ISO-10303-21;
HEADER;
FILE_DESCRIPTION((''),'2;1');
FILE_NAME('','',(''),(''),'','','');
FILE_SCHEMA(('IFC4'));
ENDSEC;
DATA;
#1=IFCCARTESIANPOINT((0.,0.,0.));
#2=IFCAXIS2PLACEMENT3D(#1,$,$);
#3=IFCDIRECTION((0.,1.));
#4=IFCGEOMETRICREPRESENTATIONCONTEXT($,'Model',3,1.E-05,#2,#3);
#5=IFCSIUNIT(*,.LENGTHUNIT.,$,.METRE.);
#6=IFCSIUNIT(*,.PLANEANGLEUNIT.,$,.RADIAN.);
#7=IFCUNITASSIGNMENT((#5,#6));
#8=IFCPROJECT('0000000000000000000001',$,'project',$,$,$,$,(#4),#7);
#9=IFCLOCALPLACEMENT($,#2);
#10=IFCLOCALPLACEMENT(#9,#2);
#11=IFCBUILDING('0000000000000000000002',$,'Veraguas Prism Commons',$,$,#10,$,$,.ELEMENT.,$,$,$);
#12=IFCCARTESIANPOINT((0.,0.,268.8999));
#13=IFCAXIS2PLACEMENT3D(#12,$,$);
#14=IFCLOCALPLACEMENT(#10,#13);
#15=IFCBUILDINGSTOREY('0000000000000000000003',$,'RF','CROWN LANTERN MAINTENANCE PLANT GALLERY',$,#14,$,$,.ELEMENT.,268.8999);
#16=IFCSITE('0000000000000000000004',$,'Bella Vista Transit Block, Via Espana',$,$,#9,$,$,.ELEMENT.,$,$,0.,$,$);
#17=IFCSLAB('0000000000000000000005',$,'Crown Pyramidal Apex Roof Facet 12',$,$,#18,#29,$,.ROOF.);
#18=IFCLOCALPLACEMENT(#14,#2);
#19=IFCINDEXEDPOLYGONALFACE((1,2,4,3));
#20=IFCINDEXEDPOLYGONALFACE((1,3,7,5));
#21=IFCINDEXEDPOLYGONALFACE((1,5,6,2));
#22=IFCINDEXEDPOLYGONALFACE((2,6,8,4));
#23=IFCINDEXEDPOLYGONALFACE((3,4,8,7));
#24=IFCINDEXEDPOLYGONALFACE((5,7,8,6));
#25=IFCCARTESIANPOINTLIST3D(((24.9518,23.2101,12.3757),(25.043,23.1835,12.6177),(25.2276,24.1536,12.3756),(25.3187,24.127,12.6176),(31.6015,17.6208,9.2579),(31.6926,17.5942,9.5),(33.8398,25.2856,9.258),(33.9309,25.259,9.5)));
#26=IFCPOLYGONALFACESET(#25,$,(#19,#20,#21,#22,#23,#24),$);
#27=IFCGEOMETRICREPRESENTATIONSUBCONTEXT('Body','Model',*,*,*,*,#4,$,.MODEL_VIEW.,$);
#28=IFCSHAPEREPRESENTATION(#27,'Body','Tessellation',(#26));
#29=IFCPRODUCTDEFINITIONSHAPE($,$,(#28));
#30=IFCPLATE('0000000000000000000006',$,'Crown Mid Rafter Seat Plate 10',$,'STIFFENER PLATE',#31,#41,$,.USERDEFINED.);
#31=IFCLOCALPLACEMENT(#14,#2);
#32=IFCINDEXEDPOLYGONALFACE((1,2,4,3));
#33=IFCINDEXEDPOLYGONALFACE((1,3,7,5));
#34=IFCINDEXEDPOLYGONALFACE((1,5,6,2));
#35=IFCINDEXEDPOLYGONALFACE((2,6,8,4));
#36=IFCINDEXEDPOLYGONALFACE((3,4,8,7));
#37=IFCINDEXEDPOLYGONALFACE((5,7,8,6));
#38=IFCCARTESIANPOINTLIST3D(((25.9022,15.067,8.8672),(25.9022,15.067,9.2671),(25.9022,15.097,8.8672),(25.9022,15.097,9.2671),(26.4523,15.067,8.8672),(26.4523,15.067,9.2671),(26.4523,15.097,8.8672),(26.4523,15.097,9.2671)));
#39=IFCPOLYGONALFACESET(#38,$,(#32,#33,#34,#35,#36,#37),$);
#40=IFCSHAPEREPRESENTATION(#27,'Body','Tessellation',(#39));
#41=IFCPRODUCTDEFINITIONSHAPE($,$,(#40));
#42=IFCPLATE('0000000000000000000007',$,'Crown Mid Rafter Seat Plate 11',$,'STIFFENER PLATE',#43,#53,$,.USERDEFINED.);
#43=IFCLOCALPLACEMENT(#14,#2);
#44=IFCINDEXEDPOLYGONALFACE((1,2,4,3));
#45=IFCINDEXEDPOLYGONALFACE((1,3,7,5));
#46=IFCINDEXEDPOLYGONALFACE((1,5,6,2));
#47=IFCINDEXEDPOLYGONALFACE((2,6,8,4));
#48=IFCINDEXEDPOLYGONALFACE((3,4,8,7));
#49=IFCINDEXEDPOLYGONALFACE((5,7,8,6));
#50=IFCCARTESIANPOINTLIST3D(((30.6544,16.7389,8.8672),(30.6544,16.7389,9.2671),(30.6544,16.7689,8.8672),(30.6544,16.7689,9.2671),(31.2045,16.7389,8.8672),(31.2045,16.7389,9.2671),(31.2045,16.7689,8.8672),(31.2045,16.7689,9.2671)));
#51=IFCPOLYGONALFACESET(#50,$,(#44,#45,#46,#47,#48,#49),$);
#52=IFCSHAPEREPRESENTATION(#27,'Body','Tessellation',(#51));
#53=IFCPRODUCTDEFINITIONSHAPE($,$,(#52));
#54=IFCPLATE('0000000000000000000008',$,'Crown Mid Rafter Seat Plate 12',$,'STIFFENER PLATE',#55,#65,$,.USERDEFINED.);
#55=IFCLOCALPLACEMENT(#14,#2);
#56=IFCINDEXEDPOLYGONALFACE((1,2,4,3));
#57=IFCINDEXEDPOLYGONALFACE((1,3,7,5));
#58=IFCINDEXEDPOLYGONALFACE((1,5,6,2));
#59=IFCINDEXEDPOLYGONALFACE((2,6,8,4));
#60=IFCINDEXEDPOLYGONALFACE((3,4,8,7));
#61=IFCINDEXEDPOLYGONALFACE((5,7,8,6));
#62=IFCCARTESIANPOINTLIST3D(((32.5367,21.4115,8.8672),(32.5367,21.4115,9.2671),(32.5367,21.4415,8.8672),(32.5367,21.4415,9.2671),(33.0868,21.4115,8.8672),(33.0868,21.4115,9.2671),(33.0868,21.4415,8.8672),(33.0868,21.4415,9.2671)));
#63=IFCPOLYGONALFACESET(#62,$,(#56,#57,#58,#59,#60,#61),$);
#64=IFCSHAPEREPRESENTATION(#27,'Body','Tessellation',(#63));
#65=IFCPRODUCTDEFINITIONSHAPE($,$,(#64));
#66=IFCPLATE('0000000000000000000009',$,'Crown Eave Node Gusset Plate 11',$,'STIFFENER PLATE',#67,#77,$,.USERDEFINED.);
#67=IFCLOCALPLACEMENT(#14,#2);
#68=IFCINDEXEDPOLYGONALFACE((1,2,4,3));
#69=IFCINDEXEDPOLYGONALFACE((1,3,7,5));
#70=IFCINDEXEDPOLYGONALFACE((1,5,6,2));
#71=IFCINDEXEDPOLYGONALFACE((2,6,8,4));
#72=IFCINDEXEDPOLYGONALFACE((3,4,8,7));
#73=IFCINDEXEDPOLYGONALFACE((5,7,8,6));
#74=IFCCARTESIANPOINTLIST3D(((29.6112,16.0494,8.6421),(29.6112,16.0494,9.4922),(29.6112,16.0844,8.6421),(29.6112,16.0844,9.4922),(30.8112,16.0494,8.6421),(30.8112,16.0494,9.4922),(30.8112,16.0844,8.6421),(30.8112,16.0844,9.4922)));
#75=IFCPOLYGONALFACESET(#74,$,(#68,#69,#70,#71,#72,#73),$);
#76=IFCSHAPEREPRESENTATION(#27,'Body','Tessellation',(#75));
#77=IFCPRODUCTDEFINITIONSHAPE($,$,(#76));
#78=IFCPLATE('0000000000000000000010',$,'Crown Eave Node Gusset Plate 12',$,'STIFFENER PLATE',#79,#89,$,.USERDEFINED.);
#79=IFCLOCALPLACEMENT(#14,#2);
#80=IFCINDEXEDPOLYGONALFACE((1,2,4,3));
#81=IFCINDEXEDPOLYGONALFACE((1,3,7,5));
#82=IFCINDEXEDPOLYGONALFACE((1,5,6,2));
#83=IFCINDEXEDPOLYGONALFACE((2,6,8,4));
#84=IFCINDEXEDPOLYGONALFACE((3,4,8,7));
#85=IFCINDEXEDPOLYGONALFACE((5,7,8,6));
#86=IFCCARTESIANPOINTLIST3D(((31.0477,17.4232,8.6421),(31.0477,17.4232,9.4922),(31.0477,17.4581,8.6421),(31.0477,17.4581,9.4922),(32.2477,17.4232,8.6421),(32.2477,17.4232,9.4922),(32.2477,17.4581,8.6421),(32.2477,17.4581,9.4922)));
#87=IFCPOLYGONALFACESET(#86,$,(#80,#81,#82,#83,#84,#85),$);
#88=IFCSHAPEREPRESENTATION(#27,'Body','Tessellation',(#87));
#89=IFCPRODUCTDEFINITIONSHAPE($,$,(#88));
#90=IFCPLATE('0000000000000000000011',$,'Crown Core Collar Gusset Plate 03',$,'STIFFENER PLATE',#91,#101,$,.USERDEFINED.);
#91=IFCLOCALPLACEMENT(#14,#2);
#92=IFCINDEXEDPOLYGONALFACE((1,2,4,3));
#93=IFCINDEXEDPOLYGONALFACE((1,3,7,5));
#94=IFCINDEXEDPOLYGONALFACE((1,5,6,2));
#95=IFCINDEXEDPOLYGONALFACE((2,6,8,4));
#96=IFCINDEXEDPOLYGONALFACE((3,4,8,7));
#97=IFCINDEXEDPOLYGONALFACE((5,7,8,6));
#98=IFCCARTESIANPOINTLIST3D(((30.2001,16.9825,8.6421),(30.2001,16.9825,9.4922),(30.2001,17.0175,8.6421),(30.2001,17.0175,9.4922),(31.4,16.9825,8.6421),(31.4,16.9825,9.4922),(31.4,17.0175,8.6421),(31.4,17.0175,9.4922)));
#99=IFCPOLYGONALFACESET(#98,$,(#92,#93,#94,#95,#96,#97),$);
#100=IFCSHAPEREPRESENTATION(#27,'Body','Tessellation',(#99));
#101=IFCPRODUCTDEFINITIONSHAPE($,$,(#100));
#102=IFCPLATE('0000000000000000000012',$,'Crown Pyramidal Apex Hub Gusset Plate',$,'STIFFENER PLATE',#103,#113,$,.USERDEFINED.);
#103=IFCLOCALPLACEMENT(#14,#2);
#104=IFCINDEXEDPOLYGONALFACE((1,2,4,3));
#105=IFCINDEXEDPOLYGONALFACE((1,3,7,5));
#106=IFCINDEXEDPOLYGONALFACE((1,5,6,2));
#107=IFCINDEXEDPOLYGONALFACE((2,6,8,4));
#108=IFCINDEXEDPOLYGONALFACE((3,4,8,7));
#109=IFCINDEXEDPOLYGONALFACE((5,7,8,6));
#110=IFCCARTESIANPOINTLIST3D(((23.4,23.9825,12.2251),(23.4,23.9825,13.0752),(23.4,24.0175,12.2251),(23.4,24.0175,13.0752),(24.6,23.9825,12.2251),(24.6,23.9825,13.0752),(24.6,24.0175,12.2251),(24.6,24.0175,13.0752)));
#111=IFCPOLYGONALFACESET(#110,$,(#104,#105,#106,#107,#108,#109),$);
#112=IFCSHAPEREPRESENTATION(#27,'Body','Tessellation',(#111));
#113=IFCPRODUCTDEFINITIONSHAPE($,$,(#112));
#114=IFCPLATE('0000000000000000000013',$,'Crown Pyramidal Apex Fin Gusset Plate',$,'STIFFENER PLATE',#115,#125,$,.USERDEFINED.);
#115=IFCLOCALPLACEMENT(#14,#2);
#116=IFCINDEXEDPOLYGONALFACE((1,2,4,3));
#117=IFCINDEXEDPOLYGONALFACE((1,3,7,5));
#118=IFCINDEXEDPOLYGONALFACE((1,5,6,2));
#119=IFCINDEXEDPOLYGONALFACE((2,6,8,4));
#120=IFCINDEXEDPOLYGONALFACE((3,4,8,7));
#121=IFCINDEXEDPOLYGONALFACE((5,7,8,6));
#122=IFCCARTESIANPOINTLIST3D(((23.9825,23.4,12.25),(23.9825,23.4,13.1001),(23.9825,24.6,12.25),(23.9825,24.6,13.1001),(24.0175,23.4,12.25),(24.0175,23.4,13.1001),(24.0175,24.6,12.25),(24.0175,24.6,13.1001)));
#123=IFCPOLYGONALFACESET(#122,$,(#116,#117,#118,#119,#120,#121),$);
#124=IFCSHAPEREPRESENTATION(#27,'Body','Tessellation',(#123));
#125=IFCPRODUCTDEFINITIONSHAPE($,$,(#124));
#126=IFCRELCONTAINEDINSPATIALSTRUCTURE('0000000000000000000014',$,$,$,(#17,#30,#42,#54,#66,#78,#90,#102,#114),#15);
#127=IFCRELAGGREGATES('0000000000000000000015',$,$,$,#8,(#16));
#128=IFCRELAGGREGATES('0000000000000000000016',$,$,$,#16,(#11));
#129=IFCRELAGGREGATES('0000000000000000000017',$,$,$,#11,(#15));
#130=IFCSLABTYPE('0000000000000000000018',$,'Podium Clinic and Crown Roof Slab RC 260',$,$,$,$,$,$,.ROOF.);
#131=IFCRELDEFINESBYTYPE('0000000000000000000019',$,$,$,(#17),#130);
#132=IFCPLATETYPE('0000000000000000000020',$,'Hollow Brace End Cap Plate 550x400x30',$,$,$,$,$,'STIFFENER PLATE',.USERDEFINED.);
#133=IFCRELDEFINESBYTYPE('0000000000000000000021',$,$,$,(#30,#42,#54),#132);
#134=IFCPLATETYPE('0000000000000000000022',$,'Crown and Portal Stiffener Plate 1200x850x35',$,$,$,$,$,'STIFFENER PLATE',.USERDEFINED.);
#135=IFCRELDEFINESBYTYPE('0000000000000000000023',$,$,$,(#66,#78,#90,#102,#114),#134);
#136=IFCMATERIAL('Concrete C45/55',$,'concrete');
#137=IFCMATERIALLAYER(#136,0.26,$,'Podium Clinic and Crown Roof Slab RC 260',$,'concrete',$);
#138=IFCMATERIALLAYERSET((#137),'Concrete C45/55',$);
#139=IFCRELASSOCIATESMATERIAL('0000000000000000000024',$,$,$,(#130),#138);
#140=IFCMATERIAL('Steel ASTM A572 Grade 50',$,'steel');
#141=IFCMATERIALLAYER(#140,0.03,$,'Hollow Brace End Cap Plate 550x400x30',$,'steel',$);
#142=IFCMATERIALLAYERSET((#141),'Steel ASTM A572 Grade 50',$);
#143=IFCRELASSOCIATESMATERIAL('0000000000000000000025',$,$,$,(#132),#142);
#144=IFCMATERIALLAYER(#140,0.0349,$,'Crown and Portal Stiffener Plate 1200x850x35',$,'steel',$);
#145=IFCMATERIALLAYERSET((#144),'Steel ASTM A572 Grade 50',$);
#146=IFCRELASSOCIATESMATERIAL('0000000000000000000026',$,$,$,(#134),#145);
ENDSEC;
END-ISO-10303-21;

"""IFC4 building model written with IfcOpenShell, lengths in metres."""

from ifc_helpers import new_model, si_unit, direction, frame, origin, origin_2d, place, context, subcontext, project, spatial, polyline, rectangle, outline, extrude, source, transform, mapped, material, layer, layer_set, type_object, element, save


model = new_model("IFC4")

# Units and contexts
model_context = context("Model", 3, precision=1e-05, world=origin(), true_north=direction((0.0, 1.0)))
body_context = subcontext(model_context, "Body", "Model", "MODEL_VIEW")
ifc_project = project(units=[si_unit("LENGTHUNIT", "METRE"), si_unit("PLANEANGLEUNIT", "RADIAN")], contexts=[model_context])

# Site, building, storey
site_placement = place(None, origin())
site = spatial("IfcSite", under=ifc_project, at=site_placement, Name="Bella Vista Transit Block, Via Espana", CompositionType="ELEMENT", RefElevation=0.0)
building_placement = place(site_placement, origin())
building = spatial("IfcBuilding", under=site, at=building_placement, Name="Veraguas Prism Commons", CompositionType="ELEMENT")
storey_placement = place(building_placement, frame((0.0, 0.0, 268.8999)))
storey = spatial("IfcBuildingStorey", under=building, at=storey_placement, Name="RF", Description="CROWN LANTERN MAINTENANCE PLANT GALLERY", CompositionType="ELEMENT", Elevation=268.8999)

# Slab
ifc_material_1 = material(Name="Concrete C45/55", Category="concrete")
ifc_layer_1 = layer(ifc_material_1, 0.26, Name="Podium Clinic and Crown Roof Slab RC 260", Category="concrete")
ifc_layer_set_1 = layer_set([ifc_layer_1], Name="Concrete C45/55")
slab_type = type_object("IfcSlabType", Name="Podium Clinic and Crown Roof Slab RC 260", PredefinedType="ROOF", material=ifc_layer_set_1)
slab_1_placement = place(storey_placement, frame((31.6926, 17.5942, 9.5), z_axis=(0.350461, -0.102348, 0.930968), x_axis=(0.280316, 0.959908, 0.000006)))
element("IfcSlab", 1, at=slab_1_placement, inside=storey, type_object=slab_type, Name="Crown Pyramidal Apex Roof Facet 12", PredefinedType="ROOF", context=body_context, shape_type="SweptSolid", body=[
    extrude(outline(polyline([(0.0, 0.0), (7.9849, 0.0), (4.4841, 8.5391), (3.5012, 8.5393), (0.0, 0.0)])), origin(), (0.0, 0.0, -1.0), 0.26),
])

# Plates
ifc_material_2 = material(Name="Steel ASTM A572 Grade 50", Category="steel")
ifc_layer_2 = layer(ifc_material_2, 0.03, Name="Hollow Brace End Cap Plate 550x400x30", Category="steel")
ifc_layer_set_2 = layer_set([ifc_layer_2], Name="Steel ASTM A572 Grade 50")
plate_type_1 = type_object("IfcPlateType", Name="Hollow Brace End Cap Plate 550x400x30", ElementType="STIFFENER PLATE", PredefinedType="USERDEFINED", material=ifc_layer_set_2)
shared_shape_1 = source(origin(), body_context, "Body", "SweptSolid", [
    extrude(rectangle(XDim=0.55, YDim=0.03, at=origin_2d()), origin(), (0.0, 0.0, 1.0), 0.3999),
])
for number, where, z_axis, x_axis, name in (
    (2, (26.1772, 15.082, 8.8672), (0.0, 0.0, 1.0), (1.0, 0.0, 0.0), "Crown Mid Rafter Seat Plate 10"),
    (3, (30.9294, 16.7539, 8.8672), (0.0, 0.0, 1.0), (1.0, 0.0, 0.0), "Crown Mid Rafter Seat Plate 11"),
    (4, (32.8118, 21.4265, 8.8672), (0.0, 0.0, 1.0), (1.0, 0.0, 0.0), "Crown Mid Rafter Seat Plate 12"),
):
    element("IfcPlate", number, at=place(storey_placement, frame(where, z_axis=z_axis, x_axis=x_axis)), inside=storey, type_object=plate_type_1, Name=name, ObjectType="STIFFENER PLATE", PredefinedType="USERDEFINED", context=body_context, shape_type="MappedRepresentation", body=[
        mapped(shared_shape_1, transform((0.0, 0.0, 0.0), scale=1.0)),
    ])
ifc_layer_3 = layer(ifc_material_2, 0.0349, Name="Crown and Portal Stiffener Plate 1200x850x35", Category="steel")
ifc_layer_set_3 = layer_set([ifc_layer_3], Name="Steel ASTM A572 Grade 50")
plate_type_2 = type_object("IfcPlateType", Name="Crown and Portal Stiffener Plate 1200x850x35", ElementType="STIFFENER PLATE", PredefinedType="USERDEFINED", material=ifc_layer_set_3)
shared_shape_2 = source(origin(), body_context, "Body", "SweptSolid", [
    extrude(rectangle(XDim=1.2, YDim=0.0349, at=origin_2d()), origin(), (0.0, 0.0, 1.0), 0.8501),
])
for number, where, z_axis, x_axis, name in (
    (5, (30.2112, 16.0669, 8.6421), (0.0, 0.0, 1.0), (1.0, 0.0, 0.0), "Crown Eave Node Gusset Plate 11"),
    (6, (31.6477, 17.4407, 8.6421), (0.0, 0.0, 1.0), (1.0, 0.0, 0.0), "Crown Eave Node Gusset Plate 12"),
    (7, (30.8, 17.0, 8.6421), (0.0, 0.0, 1.0), (1.0, 0.0, 0.0), "Crown Core Collar Gusset Plate 03"),
    (8, (24.0, 24.0, 12.2251), (0.0, 0.0, 1.0), (1.0, 0.0, 0.0), "Crown Pyramidal Apex Hub Gusset Plate"),
    (9, (24.0, 24.0, 12.25), (0.0, 0.0, 1.0), (0.0, 1.0, 0.0), "Crown Pyramidal Apex Fin Gusset Plate"),
):
    element("IfcPlate", number, at=place(storey_placement, frame(where, z_axis=z_axis, x_axis=x_axis)), inside=storey, type_object=plate_type_2, Name=name, ObjectType="STIFFENER PLATE", PredefinedType="USERDEFINED", context=body_context, shape_type="MappedRepresentation", body=[
        mapped(shared_shape_2, transform((0.0, 0.0, 0.0), scale=1.0)),
    ])

save(model, "model.ifc")
